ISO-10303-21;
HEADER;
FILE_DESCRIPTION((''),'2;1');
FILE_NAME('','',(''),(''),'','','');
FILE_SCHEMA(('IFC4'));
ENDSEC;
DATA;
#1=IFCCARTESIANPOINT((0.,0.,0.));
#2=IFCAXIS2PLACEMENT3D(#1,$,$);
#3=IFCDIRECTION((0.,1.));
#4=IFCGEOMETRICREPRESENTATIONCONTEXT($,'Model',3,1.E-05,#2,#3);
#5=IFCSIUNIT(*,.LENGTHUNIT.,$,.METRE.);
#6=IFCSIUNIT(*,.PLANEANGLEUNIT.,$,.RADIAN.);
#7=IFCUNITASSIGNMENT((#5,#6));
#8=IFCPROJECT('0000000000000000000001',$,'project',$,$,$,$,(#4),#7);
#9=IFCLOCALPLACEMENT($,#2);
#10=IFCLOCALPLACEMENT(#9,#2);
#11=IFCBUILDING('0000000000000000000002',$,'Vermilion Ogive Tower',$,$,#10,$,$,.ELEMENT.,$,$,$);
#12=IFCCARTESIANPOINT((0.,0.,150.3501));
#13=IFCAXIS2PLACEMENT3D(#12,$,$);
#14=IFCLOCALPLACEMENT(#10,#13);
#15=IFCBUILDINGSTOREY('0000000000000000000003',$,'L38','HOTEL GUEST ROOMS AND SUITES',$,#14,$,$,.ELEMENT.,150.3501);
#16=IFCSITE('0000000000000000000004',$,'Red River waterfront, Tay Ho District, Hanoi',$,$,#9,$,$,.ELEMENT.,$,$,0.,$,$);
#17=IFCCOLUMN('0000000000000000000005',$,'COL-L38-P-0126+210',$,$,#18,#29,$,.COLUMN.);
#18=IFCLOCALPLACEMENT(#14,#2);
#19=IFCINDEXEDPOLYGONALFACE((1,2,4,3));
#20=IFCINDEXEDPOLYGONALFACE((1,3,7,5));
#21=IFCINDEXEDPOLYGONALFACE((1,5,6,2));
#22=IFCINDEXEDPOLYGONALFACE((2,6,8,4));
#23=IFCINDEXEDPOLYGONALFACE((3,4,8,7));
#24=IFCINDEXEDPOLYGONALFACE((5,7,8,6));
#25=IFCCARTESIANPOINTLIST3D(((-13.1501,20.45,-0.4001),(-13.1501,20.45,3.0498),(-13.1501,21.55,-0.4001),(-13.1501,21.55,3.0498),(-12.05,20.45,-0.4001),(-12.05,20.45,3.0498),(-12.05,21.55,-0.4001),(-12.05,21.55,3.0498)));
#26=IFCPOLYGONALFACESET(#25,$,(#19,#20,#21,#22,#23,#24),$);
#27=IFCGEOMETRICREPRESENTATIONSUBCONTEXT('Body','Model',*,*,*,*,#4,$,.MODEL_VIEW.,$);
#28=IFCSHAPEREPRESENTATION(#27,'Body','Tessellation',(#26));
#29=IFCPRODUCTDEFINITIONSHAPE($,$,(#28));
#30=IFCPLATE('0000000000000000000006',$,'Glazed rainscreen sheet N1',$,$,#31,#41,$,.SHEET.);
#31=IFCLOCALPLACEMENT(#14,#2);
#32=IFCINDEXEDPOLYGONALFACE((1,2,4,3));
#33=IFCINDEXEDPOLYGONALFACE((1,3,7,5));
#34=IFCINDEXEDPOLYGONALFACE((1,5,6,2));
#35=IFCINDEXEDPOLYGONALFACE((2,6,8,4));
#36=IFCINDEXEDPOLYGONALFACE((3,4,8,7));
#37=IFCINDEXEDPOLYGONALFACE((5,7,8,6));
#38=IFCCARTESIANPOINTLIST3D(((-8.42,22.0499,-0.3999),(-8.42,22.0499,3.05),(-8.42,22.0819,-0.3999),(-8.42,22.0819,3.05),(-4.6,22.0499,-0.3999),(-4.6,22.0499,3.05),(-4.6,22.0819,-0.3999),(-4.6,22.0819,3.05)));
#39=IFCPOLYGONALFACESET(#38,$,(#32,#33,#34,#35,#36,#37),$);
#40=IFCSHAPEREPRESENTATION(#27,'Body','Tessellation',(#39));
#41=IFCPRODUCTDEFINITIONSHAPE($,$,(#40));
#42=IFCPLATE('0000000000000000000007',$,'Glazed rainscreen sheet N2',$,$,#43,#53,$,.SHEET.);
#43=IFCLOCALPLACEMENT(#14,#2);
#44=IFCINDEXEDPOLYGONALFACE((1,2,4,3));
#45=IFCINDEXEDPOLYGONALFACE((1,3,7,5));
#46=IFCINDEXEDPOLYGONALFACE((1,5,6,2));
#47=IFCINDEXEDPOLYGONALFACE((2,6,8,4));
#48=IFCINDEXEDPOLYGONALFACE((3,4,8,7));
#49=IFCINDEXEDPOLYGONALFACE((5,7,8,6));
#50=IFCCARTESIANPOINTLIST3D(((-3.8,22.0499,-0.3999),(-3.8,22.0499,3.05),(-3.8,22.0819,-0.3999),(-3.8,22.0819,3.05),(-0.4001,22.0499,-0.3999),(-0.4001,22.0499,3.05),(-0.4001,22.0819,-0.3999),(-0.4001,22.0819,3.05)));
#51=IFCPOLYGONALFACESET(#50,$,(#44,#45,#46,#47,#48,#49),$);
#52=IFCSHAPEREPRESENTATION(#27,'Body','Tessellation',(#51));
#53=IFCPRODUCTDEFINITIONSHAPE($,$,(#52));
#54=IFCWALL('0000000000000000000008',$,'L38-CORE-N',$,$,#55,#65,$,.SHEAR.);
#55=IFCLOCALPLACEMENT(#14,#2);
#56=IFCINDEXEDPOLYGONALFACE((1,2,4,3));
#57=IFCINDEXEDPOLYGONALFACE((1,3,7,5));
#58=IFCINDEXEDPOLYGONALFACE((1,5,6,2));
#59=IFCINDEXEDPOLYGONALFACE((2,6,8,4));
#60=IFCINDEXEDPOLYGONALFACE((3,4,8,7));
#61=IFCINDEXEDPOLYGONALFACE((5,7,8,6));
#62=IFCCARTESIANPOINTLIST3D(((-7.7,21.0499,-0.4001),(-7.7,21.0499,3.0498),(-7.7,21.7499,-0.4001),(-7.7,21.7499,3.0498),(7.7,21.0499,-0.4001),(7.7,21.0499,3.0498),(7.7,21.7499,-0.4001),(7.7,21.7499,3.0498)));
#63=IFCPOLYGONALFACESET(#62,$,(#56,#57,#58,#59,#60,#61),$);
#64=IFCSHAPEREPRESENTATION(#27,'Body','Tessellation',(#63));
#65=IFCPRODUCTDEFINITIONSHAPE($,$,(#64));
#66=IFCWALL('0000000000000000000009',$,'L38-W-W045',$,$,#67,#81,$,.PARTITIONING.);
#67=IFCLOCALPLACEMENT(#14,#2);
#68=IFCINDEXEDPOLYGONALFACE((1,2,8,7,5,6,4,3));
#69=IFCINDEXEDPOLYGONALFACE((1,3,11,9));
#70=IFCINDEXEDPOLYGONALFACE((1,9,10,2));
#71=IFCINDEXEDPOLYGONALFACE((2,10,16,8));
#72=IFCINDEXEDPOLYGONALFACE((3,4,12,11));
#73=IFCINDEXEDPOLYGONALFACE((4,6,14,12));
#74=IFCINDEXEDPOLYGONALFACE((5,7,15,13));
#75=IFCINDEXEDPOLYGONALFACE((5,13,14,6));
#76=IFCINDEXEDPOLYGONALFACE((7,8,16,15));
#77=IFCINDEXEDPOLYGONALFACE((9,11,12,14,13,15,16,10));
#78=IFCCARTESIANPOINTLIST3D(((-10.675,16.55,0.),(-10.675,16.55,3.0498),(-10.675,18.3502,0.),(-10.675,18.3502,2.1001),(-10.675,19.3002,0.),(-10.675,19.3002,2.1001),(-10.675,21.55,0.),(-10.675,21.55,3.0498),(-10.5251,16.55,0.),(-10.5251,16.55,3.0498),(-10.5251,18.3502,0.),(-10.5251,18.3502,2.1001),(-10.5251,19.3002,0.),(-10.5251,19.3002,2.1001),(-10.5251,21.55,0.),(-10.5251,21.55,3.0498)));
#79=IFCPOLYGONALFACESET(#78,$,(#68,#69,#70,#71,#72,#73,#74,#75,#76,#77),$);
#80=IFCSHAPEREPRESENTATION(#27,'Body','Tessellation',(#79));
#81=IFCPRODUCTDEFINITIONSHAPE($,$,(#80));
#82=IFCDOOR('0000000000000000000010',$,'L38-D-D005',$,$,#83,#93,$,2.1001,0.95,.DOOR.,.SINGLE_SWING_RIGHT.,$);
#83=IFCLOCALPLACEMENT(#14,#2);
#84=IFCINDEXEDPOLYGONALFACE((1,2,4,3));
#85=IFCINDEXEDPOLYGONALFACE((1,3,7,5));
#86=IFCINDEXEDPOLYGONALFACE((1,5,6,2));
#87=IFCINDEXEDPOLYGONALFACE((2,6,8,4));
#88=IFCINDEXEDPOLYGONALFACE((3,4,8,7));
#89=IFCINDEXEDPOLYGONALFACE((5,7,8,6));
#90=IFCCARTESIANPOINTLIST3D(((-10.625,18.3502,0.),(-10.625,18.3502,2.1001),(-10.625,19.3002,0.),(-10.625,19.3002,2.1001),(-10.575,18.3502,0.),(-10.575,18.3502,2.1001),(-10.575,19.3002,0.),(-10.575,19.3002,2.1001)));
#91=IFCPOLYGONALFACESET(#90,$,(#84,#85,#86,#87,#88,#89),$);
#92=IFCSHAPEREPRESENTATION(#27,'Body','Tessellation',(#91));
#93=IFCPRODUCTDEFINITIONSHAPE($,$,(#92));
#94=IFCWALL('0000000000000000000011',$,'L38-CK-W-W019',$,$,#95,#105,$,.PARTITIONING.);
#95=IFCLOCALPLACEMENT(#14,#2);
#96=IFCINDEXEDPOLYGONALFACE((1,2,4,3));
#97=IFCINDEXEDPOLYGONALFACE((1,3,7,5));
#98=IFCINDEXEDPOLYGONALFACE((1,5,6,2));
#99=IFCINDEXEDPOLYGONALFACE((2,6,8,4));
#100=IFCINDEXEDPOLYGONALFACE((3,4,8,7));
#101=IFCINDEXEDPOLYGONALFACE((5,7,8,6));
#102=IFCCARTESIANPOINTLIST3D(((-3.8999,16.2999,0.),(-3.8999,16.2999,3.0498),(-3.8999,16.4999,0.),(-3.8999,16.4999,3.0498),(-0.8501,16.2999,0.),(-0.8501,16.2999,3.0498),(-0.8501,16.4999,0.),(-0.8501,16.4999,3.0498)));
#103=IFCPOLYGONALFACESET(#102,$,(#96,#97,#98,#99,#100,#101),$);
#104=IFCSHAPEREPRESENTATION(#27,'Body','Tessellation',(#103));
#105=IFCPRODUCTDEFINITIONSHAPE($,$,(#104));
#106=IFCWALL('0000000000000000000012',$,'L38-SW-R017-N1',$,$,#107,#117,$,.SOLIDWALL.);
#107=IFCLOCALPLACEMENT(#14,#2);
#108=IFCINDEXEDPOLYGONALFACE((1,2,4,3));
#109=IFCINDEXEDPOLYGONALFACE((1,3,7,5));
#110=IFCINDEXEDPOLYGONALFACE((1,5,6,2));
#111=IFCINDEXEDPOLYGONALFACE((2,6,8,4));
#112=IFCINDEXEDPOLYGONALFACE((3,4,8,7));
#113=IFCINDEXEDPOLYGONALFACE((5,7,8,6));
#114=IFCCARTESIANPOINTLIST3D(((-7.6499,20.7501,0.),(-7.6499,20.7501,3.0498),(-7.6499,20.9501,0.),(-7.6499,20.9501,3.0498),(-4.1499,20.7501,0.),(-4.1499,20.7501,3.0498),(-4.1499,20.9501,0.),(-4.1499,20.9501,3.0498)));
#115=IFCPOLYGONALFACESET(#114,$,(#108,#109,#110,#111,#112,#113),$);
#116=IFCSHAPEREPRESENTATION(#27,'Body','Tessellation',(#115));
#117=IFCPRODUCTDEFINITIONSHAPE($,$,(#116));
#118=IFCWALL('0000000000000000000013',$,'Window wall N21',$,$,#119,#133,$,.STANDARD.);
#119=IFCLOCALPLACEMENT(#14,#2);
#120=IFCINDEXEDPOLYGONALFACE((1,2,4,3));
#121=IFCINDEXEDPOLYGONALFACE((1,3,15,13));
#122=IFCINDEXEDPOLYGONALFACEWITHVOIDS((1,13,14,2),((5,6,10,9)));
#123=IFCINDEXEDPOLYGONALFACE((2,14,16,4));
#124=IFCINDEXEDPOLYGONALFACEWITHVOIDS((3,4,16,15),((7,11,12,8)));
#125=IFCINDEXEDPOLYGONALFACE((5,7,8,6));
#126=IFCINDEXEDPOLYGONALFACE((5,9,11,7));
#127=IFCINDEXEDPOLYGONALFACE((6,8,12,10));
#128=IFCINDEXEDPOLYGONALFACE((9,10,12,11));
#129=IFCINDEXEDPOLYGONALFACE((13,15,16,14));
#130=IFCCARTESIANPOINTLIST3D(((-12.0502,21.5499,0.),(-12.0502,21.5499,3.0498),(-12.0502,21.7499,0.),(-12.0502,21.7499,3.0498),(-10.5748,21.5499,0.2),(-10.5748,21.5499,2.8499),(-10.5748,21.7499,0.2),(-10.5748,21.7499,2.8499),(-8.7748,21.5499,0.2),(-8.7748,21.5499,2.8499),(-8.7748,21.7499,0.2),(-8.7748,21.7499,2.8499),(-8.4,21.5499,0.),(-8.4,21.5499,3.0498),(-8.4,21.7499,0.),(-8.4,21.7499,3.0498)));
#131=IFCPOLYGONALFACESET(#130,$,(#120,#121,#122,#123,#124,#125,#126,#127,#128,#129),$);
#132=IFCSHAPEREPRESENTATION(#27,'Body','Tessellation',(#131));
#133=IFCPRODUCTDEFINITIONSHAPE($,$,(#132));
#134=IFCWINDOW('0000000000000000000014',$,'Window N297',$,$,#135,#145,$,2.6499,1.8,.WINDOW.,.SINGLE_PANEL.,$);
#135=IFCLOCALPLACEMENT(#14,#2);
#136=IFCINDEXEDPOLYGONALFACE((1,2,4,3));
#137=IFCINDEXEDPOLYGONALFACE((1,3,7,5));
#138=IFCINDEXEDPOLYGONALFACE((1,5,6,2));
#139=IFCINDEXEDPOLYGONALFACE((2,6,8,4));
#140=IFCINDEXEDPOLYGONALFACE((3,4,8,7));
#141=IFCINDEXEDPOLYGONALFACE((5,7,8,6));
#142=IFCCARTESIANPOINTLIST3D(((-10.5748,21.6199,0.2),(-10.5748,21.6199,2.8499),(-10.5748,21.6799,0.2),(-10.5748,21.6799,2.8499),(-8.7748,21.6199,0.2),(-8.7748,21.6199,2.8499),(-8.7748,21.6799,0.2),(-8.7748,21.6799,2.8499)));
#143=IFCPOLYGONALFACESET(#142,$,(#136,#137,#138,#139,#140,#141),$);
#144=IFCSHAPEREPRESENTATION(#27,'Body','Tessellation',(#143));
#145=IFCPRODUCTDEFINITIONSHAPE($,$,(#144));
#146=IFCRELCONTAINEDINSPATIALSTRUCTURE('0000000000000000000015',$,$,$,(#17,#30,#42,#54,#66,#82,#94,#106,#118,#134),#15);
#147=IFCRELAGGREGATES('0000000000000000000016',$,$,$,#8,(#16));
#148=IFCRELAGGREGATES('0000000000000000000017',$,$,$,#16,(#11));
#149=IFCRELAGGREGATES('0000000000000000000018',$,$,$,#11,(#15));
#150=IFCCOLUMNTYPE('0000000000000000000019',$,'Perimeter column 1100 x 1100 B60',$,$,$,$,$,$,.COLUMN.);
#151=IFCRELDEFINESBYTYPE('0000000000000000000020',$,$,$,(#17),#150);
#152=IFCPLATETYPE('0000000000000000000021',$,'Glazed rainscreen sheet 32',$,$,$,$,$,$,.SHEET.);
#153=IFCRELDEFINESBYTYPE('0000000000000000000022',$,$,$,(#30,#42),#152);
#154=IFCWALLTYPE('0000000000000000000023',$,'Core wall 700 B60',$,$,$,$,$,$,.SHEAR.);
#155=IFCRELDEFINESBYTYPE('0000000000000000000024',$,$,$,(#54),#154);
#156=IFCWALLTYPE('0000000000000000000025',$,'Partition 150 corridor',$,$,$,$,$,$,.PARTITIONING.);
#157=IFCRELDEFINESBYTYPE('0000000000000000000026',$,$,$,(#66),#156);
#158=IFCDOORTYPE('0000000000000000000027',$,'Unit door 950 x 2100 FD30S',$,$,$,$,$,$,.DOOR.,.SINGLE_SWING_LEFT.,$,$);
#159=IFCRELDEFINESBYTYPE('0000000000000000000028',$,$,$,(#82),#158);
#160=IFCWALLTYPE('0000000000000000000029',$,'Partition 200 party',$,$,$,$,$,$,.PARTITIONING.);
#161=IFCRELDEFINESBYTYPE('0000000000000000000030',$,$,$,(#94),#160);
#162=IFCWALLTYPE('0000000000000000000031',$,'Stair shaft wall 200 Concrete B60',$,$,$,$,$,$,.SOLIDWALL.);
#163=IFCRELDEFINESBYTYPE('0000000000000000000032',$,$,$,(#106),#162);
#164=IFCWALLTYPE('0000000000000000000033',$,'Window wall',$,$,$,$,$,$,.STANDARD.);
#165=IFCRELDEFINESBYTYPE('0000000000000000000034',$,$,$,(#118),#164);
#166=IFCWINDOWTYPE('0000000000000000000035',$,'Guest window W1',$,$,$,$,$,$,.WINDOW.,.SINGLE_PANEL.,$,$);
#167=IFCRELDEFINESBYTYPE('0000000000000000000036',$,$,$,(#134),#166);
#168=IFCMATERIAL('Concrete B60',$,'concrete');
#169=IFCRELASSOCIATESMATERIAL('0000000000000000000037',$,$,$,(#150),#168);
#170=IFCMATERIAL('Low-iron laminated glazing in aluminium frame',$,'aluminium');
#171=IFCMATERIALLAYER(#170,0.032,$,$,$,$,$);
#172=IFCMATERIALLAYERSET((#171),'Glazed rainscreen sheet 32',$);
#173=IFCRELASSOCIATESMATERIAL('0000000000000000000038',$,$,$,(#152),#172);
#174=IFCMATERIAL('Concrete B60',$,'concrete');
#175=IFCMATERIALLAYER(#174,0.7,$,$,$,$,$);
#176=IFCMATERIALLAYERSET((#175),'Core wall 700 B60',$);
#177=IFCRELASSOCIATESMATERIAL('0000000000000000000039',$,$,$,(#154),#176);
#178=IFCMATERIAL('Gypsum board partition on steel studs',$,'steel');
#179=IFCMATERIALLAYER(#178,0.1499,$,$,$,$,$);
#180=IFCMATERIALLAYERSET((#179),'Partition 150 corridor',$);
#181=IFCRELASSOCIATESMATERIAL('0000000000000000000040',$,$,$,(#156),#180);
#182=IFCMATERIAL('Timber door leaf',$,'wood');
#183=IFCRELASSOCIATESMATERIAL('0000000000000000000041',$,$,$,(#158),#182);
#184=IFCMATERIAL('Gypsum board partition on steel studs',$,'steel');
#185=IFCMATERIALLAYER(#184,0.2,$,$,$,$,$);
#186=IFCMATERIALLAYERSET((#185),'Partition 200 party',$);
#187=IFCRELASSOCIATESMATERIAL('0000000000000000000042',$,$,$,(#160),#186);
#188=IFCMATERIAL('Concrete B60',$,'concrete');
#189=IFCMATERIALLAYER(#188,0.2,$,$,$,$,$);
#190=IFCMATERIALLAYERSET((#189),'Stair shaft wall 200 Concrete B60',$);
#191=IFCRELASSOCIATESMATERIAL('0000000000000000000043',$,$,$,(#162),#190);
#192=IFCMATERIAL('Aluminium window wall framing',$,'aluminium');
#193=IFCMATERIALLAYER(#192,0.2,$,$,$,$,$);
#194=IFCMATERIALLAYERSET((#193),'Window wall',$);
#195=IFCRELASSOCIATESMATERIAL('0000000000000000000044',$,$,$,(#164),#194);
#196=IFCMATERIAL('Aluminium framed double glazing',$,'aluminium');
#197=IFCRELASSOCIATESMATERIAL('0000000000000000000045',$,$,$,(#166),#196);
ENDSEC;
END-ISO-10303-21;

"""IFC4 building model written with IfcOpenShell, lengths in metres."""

from ifc_helpers import new_model, si_unit, direction, frame, frame_2d, origin, origin_2d, place, context, subcontext, project, spatial, rectangle, extrude, material, layer, layer_set, material_profile, profile_set, type_object, element, fill, save


model = new_model("IFC4")

# Units and contexts
model_context = context("Model", 3, precision=1e-05, world=origin(), true_north=direction((0.0, 1.0)))
body_context = subcontext(model_context, "Body", "Model", "MODEL_VIEW")
ifc_project = project(units=[si_unit("LENGTHUNIT", "METRE"), si_unit("PLANEANGLEUNIT", "RADIAN")], contexts=[model_context])

# Site, building, storey
site_placement = place(None, origin())
site = spatial("IfcSite", under=ifc_project, at=site_placement, Name="Red River waterfront, Tay Ho District, Hanoi", CompositionType="ELEMENT", RefElevation=0.0)
building_placement = place(site_placement, origin())
building = spatial("IfcBuilding", under=site, at=building_placement, Name="Vermilion Ogive Tower", CompositionType="ELEMENT")
storey_placement = place(building_placement, frame((0.0, 0.0, 150.3501)))
storey = spatial("IfcBuildingStorey", under=building, at=storey_placement, Name="L38", Description="HOTEL GUEST ROOMS AND SUITES", CompositionType="ELEMENT", Elevation=150.3501)

# Column
ifc_material_1 = material(Name="Concrete B60", Category="concrete")
ifc_material_profile = material_profile(ifc_material_1, rectangle(XDim=1.1001, YDim=1.1001, at=origin_2d()), Name="1100 x 1100")
ifc_profile_set = profile_set([ifc_material_profile], Name="Concrete B60")
column_type = type_object("IfcColumnType", Name="Perimeter column 1100 x 1100 B60", PredefinedType="COLUMN", material=ifc_profile_set)
column_placement = place(storey_placement, frame((-12.6001, 21.0, -0.4001), z_axis=(0.0, 0.0, 1.0), x_axis=(1.0, 0.0, 0.0)))
element("IfcColumn", 1, at=column_placement, inside=storey, type_object=column_type, Name="COL-L38-P-0126+210", PredefinedType="COLUMN", context=body_context, shape_type="SweptSolid", body=[
    extrude(rectangle(XDim=1.1001, YDim=1.1001, at=origin_2d()), origin(), (0.0, 0.0, 1.0), 3.45),
])

# Plates
ifc_material_2 = material(Name="Low-iron laminated glazing in aluminium frame", Category="aluminium")
ifc_layer_1 = layer(ifc_material_2, 0.032)
ifc_layer_set_1 = layer_set([ifc_layer_1], Name="Glazed rainscreen sheet 32")
plate_type = type_object("IfcPlateType", Name="Glazed rainscreen sheet 32", PredefinedType="SHEET", material=ifc_layer_set_1)
plate_1_placement = place(storey_placement, frame((-6.51, 22.0659, -0.3999), z_axis=(0.0, 0.0, 1.0), x_axis=(1.0, 0.0, 0.0)))
element("IfcPlate", 2, at=plate_1_placement, inside=storey, type_object=plate_type, Name="Glazed rainscreen sheet N1", PredefinedType="SHEET", context=body_context, shape_type="SweptSolid", body=[
    extrude(rectangle(XDim=3.8201, YDim=0.032, at=origin_2d()), origin(), (0.0, 0.0, 1.0), 3.45),
])
plate_2_placement = place(storey_placement, frame((-2.1001, 22.0659, -0.3999), z_axis=(0.0, 0.0, 1.0), x_axis=(1.0, 0.0, 0.0)))
element("IfcPlate", 3, at=plate_2_placement, inside=storey, type_object=plate_type, Name="Glazed rainscreen sheet N2", PredefinedType="SHEET", context=body_context, shape_type="SweptSolid", body=[
    extrude(rectangle(XDim=3.3999, YDim=0.032, at=origin_2d()), origin(), (0.0, 0.0, 1.0), 3.45),
])

# Wall
ifc_material_3 = material(Name="Concrete B60", Category="concrete")
ifc_layer_2 = layer(ifc_material_3, 0.7)
ifc_layer_set_2 = layer_set([ifc_layer_2], Name="Core wall 700 B60")
wall_type_1 = type_object("IfcWallType", Name="Core wall 700 B60", PredefinedType="SHEAR", material=ifc_layer_set_2)
wall_1_placement = place(storey_placement, frame((-7.7, 21.3999, -0.4001), z_axis=(0.0, 0.0, 1.0), x_axis=(1.0, 0.0, 0.0)))
element("IfcWall", 4, at=wall_1_placement, inside=storey, type_object=wall_type_1, Name="L38-CORE-N", PredefinedType="SHEAR", context=body_context, shape_type="SweptSolid", body=[
    extrude(rectangle(XDim=15.3999, YDim=0.7, at=frame_2d((7.7, 0.0))), origin(), (0.0, 0.0, 1.0), 3.45),
])

# Wall, opening, door
ifc_material_4 = material(Name="Gypsum board partition on steel studs", Category="steel")
ifc_layer_3 = layer(ifc_material_4, 0.1499)
ifc_layer_set_3 = layer_set([ifc_layer_3], Name="Partition 150 corridor")
wall_type_2 = type_object("IfcWallType", Name="Partition 150 corridor", PredefinedType="PARTITIONING", material=ifc_layer_set_3)
wall_2_placement = place(storey_placement, frame((-10.6001, 16.55, 0.0), z_axis=(0.0, 0.0, 1.0), x_axis=(0.0, 1.0, 0.0)))
wall_2 = element("IfcWall", 5, at=wall_2_placement, inside=storey, type_object=wall_type_2, Name="L38-W-W045", PredefinedType="PARTITIONING", context=body_context, shape_type="SweptSolid", body=[
    extrude(rectangle(XDim=5.0, YDim=0.1499, at=frame_2d((2.5, 0.0))), origin(), (0.0, 0.0, 1.0), 3.0498),
])
opening_1_placement = place(wall_2_placement, frame((1.8, 0.0, 0.0)))
opening_1 = element("IfcOpeningElement", 6, at=opening_1_placement, cuts=wall_2, PredefinedType="OPENING", context=body_context, shape_type="SweptSolid", body=[
    extrude(rectangle(XDim=0.95, YDim=2.1001, at=frame_2d((0.4751, 1.05))), frame((0.0, 0.085, 0.0), z_axis=(0.0, -1.0, 0.0), x_axis=(1.0, 0.0, 0.0)), (0.0, 0.0, 1.0), 0.1699),
])
ifc_material_5 = material(Name="Timber door leaf", Category="wood")
door_type = type_object("IfcDoorType", Name="Unit door 950 x 2100 FD30S", OperationType="SINGLE_SWING_LEFT", PredefinedType="DOOR", material=ifc_material_5)
door_placement = place(opening_1_placement, origin())
door = element("IfcDoor", 7, at=door_placement, inside=storey, type_object=door_type, Name="L38-D-D005", OperationType="SINGLE_SWING_RIGHT", OverallHeight=2.1001, OverallWidth=0.95, PredefinedType="DOOR", context=body_context, shape_type="SweptSolid", body=[
    extrude(rectangle(XDim=0.95, YDim=2.1001, at=frame_2d((0.4751, 1.05))), frame((0.0, 0.0249, 0.0), z_axis=(0.0, -1.0, 0.0), x_axis=(1.0, 0.0, 0.0)), (0.0, 0.0, 1.0), 0.05),
])
fill(opening_1, door)

# Walls
ifc_material_6 = material(Name="Gypsum board partition on steel studs", Category="steel")
ifc_layer_4 = layer(ifc_material_6, 0.2)
ifc_layer_set_4 = layer_set([ifc_layer_4], Name="Partition 200 party")
wall_type_3 = type_object("IfcWallType", Name="Partition 200 party", PredefinedType="PARTITIONING", material=ifc_layer_set_4)
wall_3_placement = place(storey_placement, frame((-3.8999, 16.3999, 0.0), z_axis=(0.0, 0.0, 1.0), x_axis=(1.0, 0.0, 0.0)))
element("IfcWall", 8, at=wall_3_placement, inside=storey, type_object=wall_type_3, Name="L38-CK-W-W019", PredefinedType="PARTITIONING", context=body_context, shape_type="SweptSolid", body=[
    extrude(rectangle(XDim=3.0498, YDim=0.2, at=frame_2d((1.5249, 0.0))), origin(), (0.0, 0.0, 1.0), 3.0498),
])
ifc_material_7 = material(Name="Concrete B60", Category="concrete")
ifc_layer_5 = layer(ifc_material_7, 0.2)
ifc_layer_set_5 = layer_set([ifc_layer_5], Name="Stair shaft wall 200 Concrete B60")
wall_type_4 = type_object("IfcWallType", Name="Stair shaft wall 200 Concrete B60", PredefinedType="SOLIDWALL", material=ifc_layer_set_5)
wall_4_placement = place(storey_placement, frame((-7.6499, 20.8501, 0.0), z_axis=(0.0, 0.0, 1.0), x_axis=(1.0, 0.0, 0.0)))
element("IfcWall", 9, at=wall_4_placement, inside=storey, type_object=wall_type_4, Name="L38-SW-R017-N1", PredefinedType="SOLIDWALL", context=body_context, shape_type="SweptSolid", body=[
    extrude(rectangle(XDim=3.5, YDim=0.2, at=frame_2d((1.75, 0.0))), origin(), (0.0, 0.0, 1.0), 3.0498),
])

# Wall, opening, window
ifc_material_8 = material(Name="Aluminium window wall framing", Category="aluminium")
ifc_layer_6 = layer(ifc_material_8, 0.2)
ifc_layer_set_6 = layer_set([ifc_layer_6], Name="Window wall")
wall_type_5 = type_object("IfcWallType", Name="Window wall", PredefinedType="STANDARD", material=ifc_layer_set_6)
wall_5_placement = place(storey_placement, frame((-8.3999, 21.6499, 0.0), z_axis=(0.0, 0.0, 1.0), x_axis=(-1.0, 0.0, 0.0)))
wall_5 = element("IfcWall", 10, at=wall_5_placement, inside=storey, type_object=wall_type_5, Name="Window wall N21", PredefinedType="STANDARD", context=body_context, shape_type="SweptSolid", body=[
    extrude(rectangle(XDim=3.6501, YDim=0.2, at=frame_2d((1.8252, 0.0))), origin(), (0.0, 0.0, 1.0), 3.0498),
])
opening_2_placement = place(wall_5_placement, frame((0.375, 0.0, 0.2)))
opening_2 = element("IfcOpeningElement", 11, at=opening_2_placement, cuts=wall_5, PredefinedType="OPENING", context=body_context, shape_type="SweptSolid", body=[
    extrude(rectangle(XDim=1.8, YDim=2.6499, at=frame_2d((0.8999, 1.325))), frame((0.0, 0.1099, 0.0), z_axis=(0.0, -1.0, 0.0), x_axis=(1.0, 0.0, 0.0)), (0.0, 0.0, 1.0), 0.22),
])
ifc_material_9 = material(Name="Aluminium framed double glazing", Category="aluminium")
window_type = type_object("IfcWindowType", Name="Guest window W1", PartitioningType="SINGLE_PANEL", PredefinedType="WINDOW", material=ifc_material_9)
window_placement = place(opening_2_placement, origin())
window = element("IfcWindow", 12, at=window_placement, inside=storey, type_object=window_type, Name="Window N297", OverallHeight=2.6499, OverallWidth=1.8, PartitioningType="SINGLE_PANEL", PredefinedType="WINDOW", context=body_context, shape_type="SweptSolid", body=[
    extrude(rectangle(XDim=1.8, YDim=2.6499, at=frame_2d((0.8999, 1.325))), frame((0.0, 0.03, 0.0), z_axis=(0.0, -1.0, 0.0), x_axis=(1.0, 0.0, 0.0)), (0.0, 0.0, 1.0), 0.0601),
])
fill(opening_2, window)

save(model, "model.ifc")
